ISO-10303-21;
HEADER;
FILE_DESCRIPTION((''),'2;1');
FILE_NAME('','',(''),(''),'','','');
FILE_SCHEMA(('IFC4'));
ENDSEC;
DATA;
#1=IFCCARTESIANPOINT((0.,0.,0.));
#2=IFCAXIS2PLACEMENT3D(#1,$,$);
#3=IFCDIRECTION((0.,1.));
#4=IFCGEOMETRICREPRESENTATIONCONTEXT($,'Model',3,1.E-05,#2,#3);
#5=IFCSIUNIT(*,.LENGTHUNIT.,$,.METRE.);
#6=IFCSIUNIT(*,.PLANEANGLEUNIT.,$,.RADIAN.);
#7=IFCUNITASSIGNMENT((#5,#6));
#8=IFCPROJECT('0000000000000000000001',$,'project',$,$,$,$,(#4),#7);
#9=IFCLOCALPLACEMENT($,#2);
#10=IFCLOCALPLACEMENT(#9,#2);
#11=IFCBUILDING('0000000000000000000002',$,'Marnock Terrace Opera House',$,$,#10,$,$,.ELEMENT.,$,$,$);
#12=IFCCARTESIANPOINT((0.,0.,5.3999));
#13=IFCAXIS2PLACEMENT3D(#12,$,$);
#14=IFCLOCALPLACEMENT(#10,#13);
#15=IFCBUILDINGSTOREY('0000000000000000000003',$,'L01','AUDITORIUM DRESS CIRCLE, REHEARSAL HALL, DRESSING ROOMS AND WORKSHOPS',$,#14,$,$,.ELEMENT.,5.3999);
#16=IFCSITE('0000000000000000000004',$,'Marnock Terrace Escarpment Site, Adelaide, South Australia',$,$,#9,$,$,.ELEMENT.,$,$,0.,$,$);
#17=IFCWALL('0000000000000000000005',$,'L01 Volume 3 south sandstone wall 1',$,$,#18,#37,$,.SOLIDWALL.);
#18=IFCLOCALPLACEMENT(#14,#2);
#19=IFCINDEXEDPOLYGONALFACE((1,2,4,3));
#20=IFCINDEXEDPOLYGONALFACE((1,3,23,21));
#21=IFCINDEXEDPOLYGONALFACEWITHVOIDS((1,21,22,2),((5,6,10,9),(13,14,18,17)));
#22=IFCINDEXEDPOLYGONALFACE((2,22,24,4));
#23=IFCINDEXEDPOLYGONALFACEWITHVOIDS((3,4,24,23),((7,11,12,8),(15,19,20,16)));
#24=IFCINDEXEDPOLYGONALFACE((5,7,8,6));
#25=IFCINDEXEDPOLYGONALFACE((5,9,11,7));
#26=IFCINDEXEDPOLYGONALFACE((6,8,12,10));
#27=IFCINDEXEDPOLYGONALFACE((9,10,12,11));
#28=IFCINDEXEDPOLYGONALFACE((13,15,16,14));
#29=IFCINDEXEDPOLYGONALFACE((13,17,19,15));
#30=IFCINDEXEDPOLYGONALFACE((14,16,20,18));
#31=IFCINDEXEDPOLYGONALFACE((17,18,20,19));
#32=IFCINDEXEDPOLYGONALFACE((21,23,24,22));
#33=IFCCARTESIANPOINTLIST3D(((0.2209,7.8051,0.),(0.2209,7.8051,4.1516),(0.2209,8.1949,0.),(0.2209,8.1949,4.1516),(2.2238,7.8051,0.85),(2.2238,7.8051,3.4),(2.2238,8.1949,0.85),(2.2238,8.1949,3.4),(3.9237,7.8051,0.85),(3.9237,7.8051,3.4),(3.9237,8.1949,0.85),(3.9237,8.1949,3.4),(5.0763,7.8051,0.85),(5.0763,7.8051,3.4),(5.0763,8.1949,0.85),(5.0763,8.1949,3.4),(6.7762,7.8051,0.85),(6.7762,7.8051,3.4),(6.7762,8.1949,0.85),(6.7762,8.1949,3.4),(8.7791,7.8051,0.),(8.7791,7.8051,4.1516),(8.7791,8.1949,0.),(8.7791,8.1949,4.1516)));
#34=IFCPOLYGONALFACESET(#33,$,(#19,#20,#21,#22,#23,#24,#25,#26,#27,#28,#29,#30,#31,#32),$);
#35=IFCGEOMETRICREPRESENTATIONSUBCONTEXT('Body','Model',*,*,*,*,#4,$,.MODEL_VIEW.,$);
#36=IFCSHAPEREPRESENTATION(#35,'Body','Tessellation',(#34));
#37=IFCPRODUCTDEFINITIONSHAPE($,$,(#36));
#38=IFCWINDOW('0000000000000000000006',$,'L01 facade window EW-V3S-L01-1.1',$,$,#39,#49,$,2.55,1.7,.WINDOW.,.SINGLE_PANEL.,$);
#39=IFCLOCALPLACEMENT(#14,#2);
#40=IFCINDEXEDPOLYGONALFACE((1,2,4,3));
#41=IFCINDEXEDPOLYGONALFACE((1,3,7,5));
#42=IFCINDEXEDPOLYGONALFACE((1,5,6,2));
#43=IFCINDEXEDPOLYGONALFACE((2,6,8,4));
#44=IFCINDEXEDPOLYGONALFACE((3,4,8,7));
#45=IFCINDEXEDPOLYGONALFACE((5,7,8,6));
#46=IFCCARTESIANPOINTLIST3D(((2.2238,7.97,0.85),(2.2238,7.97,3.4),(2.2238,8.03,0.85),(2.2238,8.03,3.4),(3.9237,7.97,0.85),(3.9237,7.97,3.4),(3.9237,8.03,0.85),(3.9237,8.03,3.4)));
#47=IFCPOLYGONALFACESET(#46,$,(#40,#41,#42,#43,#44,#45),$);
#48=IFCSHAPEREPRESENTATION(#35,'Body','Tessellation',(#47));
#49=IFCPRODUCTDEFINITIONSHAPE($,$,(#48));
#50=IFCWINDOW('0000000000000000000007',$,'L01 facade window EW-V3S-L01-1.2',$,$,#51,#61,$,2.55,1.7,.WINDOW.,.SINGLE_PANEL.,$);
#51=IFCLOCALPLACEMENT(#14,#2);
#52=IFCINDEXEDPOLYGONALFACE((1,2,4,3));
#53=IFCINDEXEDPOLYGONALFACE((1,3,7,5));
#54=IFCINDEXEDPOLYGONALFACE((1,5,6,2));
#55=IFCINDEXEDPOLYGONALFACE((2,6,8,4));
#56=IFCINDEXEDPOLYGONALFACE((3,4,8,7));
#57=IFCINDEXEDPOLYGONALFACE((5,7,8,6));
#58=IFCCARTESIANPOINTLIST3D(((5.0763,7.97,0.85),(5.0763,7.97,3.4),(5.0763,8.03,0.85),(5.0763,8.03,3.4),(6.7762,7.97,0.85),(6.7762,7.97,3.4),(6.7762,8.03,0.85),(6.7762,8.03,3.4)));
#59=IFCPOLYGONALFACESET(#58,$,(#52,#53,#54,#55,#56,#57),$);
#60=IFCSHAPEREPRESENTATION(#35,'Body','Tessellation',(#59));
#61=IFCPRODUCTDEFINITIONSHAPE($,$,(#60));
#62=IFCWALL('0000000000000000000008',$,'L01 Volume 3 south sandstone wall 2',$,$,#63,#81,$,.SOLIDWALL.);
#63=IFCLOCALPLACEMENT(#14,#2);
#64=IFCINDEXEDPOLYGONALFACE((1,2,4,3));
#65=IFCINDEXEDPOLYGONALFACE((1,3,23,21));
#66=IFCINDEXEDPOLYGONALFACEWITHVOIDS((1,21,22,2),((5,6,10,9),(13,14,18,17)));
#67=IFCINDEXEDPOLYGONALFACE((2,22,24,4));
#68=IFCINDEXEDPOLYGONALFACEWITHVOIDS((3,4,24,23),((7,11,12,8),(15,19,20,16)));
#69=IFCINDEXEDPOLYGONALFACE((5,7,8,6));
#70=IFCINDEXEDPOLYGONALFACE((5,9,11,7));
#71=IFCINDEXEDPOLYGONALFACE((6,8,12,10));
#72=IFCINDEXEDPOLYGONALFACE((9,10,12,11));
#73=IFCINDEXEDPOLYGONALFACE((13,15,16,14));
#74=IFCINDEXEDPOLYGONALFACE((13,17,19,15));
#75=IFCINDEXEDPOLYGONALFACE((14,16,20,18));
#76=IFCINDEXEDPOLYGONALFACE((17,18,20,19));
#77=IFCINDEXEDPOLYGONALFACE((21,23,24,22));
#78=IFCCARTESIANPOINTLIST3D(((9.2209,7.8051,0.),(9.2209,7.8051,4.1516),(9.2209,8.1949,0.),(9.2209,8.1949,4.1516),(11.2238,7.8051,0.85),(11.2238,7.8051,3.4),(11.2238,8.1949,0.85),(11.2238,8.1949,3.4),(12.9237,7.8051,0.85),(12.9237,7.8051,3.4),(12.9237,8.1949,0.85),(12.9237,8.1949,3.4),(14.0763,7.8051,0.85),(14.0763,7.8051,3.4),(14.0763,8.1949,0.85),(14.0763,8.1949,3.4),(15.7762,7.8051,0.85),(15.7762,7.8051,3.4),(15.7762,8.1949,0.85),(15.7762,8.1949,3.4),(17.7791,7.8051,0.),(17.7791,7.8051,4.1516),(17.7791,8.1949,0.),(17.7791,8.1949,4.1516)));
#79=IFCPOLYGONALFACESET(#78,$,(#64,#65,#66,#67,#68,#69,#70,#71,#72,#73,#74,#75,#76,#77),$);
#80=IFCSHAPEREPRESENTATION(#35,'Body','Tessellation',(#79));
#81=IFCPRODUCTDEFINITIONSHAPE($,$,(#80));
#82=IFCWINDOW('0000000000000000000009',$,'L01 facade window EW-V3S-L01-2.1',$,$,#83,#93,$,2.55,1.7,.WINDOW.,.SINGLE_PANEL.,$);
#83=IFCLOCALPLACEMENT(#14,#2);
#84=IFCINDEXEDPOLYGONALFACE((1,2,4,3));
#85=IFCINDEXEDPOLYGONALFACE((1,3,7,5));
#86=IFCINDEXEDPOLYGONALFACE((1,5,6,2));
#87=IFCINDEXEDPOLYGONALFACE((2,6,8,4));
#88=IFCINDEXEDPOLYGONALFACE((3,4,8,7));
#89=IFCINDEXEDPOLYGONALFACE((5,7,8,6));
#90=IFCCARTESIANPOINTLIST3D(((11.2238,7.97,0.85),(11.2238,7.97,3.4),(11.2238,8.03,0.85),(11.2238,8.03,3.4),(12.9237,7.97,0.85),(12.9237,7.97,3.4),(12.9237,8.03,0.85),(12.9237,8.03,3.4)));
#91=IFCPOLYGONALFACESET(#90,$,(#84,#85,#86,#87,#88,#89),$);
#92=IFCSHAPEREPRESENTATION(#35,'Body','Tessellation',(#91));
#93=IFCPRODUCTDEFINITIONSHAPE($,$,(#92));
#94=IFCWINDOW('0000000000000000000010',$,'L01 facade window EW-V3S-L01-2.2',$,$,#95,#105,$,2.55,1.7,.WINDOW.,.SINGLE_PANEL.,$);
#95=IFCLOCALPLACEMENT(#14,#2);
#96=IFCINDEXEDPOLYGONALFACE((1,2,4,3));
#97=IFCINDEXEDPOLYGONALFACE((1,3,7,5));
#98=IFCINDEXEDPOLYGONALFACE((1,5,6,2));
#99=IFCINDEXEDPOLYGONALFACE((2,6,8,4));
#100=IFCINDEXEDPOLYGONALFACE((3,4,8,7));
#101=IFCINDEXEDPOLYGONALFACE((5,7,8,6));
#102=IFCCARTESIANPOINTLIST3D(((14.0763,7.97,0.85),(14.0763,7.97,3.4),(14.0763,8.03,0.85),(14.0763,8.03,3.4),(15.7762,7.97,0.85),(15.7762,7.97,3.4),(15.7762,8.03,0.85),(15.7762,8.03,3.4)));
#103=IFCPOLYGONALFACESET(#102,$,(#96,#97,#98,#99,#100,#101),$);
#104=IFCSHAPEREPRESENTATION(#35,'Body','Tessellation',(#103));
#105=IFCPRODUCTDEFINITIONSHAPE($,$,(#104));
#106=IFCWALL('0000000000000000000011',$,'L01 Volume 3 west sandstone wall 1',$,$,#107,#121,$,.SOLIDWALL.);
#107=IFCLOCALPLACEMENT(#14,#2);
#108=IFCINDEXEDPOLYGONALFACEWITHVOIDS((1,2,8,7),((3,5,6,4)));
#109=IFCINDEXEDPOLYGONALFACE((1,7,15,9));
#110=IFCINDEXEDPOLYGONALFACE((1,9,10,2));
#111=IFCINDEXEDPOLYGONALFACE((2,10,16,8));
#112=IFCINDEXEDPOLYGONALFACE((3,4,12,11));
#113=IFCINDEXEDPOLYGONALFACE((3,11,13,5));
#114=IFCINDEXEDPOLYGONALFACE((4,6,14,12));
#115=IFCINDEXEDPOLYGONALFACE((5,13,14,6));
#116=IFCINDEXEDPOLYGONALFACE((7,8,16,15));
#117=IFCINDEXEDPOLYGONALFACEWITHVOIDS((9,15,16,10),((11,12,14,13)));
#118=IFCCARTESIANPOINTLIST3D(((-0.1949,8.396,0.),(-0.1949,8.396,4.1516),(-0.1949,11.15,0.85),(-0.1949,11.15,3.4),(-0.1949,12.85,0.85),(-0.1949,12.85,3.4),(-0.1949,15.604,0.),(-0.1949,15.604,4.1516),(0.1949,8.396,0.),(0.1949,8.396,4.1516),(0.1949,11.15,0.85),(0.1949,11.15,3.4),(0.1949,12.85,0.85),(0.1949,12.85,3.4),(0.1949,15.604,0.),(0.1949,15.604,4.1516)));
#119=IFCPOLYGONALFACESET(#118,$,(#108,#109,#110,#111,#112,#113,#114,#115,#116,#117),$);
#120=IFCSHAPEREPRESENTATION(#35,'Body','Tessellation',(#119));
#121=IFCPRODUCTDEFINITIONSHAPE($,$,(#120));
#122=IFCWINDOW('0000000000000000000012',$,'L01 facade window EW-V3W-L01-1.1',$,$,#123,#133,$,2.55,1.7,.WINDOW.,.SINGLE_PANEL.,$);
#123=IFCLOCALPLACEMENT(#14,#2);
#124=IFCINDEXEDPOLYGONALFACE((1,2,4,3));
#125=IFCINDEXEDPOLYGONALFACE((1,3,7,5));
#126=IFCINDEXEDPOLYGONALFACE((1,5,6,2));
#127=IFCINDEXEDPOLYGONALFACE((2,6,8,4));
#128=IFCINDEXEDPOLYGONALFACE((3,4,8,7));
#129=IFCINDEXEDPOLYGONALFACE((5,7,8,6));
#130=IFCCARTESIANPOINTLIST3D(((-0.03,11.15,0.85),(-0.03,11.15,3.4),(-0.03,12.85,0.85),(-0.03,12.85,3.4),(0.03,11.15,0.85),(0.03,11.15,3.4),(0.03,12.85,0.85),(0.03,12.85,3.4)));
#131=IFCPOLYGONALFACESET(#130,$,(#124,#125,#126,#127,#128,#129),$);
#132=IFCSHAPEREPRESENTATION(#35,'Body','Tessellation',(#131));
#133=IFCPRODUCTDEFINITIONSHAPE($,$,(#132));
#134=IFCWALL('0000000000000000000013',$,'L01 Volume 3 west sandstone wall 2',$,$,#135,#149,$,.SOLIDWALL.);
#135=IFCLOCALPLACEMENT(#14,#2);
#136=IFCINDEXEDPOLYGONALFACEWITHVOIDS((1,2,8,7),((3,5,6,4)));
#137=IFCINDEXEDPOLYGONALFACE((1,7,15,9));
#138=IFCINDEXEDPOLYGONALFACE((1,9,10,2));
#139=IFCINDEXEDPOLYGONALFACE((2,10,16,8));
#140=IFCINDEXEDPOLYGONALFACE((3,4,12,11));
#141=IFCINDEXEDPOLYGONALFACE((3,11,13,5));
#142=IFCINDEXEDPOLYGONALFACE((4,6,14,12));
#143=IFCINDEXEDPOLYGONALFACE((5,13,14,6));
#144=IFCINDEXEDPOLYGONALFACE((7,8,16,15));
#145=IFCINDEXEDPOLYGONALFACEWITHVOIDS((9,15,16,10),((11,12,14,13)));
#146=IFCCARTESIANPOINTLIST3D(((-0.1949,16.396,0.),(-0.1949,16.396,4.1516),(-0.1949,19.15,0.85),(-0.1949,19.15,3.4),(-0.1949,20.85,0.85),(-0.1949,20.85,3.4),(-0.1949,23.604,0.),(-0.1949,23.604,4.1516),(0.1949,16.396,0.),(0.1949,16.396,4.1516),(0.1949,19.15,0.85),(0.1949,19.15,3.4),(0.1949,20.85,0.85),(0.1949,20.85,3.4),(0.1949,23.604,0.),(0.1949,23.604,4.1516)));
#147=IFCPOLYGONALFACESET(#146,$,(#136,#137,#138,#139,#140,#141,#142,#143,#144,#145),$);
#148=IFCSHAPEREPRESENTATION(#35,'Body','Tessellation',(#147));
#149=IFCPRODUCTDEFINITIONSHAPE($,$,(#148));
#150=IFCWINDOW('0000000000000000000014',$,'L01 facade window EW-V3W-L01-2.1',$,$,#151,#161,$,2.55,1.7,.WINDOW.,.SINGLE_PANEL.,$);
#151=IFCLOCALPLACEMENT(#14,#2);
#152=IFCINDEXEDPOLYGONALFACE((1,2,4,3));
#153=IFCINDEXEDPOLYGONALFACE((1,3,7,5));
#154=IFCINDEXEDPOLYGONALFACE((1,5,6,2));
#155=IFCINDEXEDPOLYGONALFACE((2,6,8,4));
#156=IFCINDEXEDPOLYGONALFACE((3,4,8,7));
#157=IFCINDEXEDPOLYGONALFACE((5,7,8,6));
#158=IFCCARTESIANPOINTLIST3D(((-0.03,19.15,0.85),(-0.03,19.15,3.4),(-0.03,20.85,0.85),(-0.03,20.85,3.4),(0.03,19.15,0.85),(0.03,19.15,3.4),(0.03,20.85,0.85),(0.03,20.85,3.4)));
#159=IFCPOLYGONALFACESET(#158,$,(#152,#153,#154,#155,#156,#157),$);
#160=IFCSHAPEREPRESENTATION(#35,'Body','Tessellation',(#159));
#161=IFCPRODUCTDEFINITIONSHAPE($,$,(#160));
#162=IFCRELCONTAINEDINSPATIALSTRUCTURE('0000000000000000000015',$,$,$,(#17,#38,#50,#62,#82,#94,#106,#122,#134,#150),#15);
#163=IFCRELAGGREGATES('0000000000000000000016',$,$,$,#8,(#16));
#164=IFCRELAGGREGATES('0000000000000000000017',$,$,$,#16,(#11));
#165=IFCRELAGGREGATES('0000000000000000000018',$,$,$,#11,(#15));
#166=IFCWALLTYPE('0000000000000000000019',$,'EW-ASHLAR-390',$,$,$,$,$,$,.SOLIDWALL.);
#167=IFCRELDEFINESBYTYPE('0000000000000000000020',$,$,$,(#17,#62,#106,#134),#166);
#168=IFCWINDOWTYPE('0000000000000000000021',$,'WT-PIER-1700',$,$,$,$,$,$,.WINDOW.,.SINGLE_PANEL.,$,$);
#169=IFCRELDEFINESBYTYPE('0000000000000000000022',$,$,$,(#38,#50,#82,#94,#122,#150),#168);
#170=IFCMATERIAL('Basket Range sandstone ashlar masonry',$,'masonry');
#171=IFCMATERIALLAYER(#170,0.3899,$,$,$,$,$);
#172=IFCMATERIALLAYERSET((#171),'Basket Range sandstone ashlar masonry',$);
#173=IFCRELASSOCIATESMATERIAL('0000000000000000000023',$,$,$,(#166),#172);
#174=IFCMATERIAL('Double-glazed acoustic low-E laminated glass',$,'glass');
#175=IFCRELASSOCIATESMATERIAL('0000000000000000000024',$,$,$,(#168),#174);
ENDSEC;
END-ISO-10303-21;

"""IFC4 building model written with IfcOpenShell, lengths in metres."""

from ifc_helpers import new_model, si_unit, direction, frame, frame_2d, origin, place, context, subcontext, project, spatial, rectangle, extrude, material, layer, layer_set, type_object, element, fill, save


model = new_model("IFC4")

# Units and contexts
model_context = context("Model", 3, precision=1e-05, world=origin(), true_north=direction((0.0, 1.0)))
body_context = subcontext(model_context, "Body", "Model", "MODEL_VIEW")
ifc_project = project(units=[si_unit("LENGTHUNIT", "METRE"), si_unit("PLANEANGLEUNIT", "RADIAN")], contexts=[model_context])

# Site, building, storey
site_placement = place(None, origin())
site = spatial("IfcSite", under=ifc_project, at=site_placement, Name="Marnock Terrace Escarpment Site, Adelaide, South Australia", CompositionType="ELEMENT", RefElevation=0.0)
building_placement = place(site_placement, origin())
building = spatial("IfcBuilding", under=site, at=building_placement, Name="Marnock Terrace Opera House", CompositionType="ELEMENT")
storey_placement = place(building_placement, frame((0.0, 0.0, 5.3999)))
storey = spatial("IfcBuildingStorey", under=building, at=storey_placement, Name="L01", Description="AUDITORIUM DRESS CIRCLE, REHEARSAL HALL, DRESSING ROOMS AND WORKSHOPS", CompositionType="ELEMENT", Elevation=5.3999)

# Walls, openings, windows
ifc_material_1 = material(Name="Basket Range sandstone ashlar masonry", Category="masonry")
ifc_layer = layer(ifc_material_1, 0.3899)
ifc_layer_set = layer_set([ifc_layer], Name="Basket Range sandstone ashlar masonry")
wall_type = type_object("IfcWallType", Name="EW-ASHLAR-390", PredefinedType="SOLIDWALL", material=ifc_layer_set)
wall_1_placement = place(storey_placement, frame((0.2209, 8.0, 0.0), z_axis=(0.0, 0.0, 1.0), x_axis=(1.0, 0.0, 0.0)))
wall_1 = element("IfcWall", 1, at=wall_1_placement, inside=storey, type_object=wall_type, Name="L01 Volume 3 south sandstone wall 1", PredefinedType="SOLIDWALL", context=body_context, shape_type="SweptSolid", body=[
    extrude(rectangle(XDim=8.5581, YDim=0.3899, at=frame_2d((4.2791, 0.0))), origin(), (0.0, 0.0, 1.0), 4.1516),
])
opening_1_placement = place(wall_1_placement, frame((2.0027, 0.0, 0.8501)))
opening_1 = element("IfcOpeningElement", 2, at=opening_1_placement, cuts=wall_1, PredefinedType="OPENING", context=body_context, shape_type="SweptSolid", body=[
    extrude(rectangle(XDim=1.7, YDim=2.55, at=frame_2d((0.8501, 1.2749))), frame((0.0, 0.2048, 0.0), z_axis=(0.0, -1.0, 0.0), x_axis=(1.0, 0.0, 0.0)), (0.0, 0.0, 1.0), 0.4099),
])
opening_2_placement = place(wall_1_placement, frame((4.8552, 0.0, 0.8501)))
opening_2 = element("IfcOpeningElement", 3, at=opening_2_placement, cuts=wall_1, PredefinedType="OPENING", context=body_context, shape_type="SweptSolid", body=[
    extrude(rectangle(XDim=1.7, YDim=2.55, at=frame_2d((0.8501, 1.2749))), frame((0.0, 0.2048, 0.0), z_axis=(0.0, -1.0, 0.0), x_axis=(1.0, 0.0, 0.0)), (0.0, 0.0, 1.0), 0.4099),
])
ifc_material_2 = material(Name="Double-glazed acoustic low-E laminated glass", Category="glass")
window_type = type_object("IfcWindowType", Name="WT-PIER-1700", PartitioningType="SINGLE_PANEL", PredefinedType="WINDOW", material=ifc_material_2)
window_1_placement = place(opening_1_placement, origin())
window_1 = element("IfcWindow", 4, at=window_1_placement, inside=storey, type_object=window_type, Name="L01 facade window EW-V3S-L01-1.1", OverallHeight=2.55, OverallWidth=1.7, PartitioningType="SINGLE_PANEL", PredefinedType="WINDOW", context=body_context, shape_type="SweptSolid", body=[
    extrude(rectangle(XDim=1.7, YDim=2.55, at=frame_2d((0.8501, 1.2749))), frame((0.0, 0.03, 0.0), z_axis=(0.0, -1.0, 0.0), x_axis=(1.0, 0.0, 0.0)), (0.0, 0.0, 1.0), 0.0601),
])
fill(opening_1, window_1)
window_2_placement = place(opening_2_placement, origin())
window_2 = element("IfcWindow", 5, at=window_2_placement, inside=storey, type_object=window_type, Name="L01 facade window EW-V3S-L01-1.2", OverallHeight=2.55, OverallWidth=1.7, PartitioningType="SINGLE_PANEL", PredefinedType="WINDOW", context=body_context, shape_type="SweptSolid", body=[
    extrude(rectangle(XDim=1.7, YDim=2.55, at=frame_2d((0.8501, 1.2749))), frame((0.0, 0.03, 0.0), z_axis=(0.0, -1.0, 0.0), x_axis=(1.0, 0.0, 0.0)), (0.0, 0.0, 1.0), 0.0601),
])
fill(opening_2, window_2)
wall_2_placement = place(storey_placement, frame((9.2209, 8.0, 0.0), z_axis=(0.0, 0.0, 1.0), x_axis=(1.0, 0.0, 0.0)))
wall_2 = element("IfcWall", 6, at=wall_2_placement, inside=storey, type_object=wall_type, Name="L01 Volume 3 south sandstone wall 2", PredefinedType="SOLIDWALL", context=body_context, shape_type="SweptSolid", body=[
    extrude(rectangle(XDim=8.5581, YDim=0.3899, at=frame_2d((4.2791, 0.0))), origin(), (0.0, 0.0, 1.0), 4.1516),
])
opening_3_placement = place(wall_2_placement, frame((2.0027, 0.0, 0.8501)))
opening_3 = element("IfcOpeningElement", 7, at=opening_3_placement, cuts=wall_2, PredefinedType="OPENING", context=body_context, shape_type="SweptSolid", body=[
    extrude(rectangle(XDim=1.7, YDim=2.55, at=frame_2d((0.8501, 1.2749))), frame((0.0, 0.2048, 0.0), z_axis=(0.0, -1.0, 0.0), x_axis=(1.0, 0.0, 0.0)), (0.0, 0.0, 1.0), 0.4099),
])
opening_4_placement = place(wall_2_placement, frame((4.8552, 0.0, 0.8501)))
opening_4 = element("IfcOpeningElement", 8, at=opening_4_placement, cuts=wall_2, PredefinedType="OPENING", context=body_context, shape_type="SweptSolid", body=[
    extrude(rectangle(XDim=1.7, YDim=2.55, at=frame_2d((0.8501, 1.2749))), frame((0.0, 0.2048, 0.0), z_axis=(0.0, -1.0, 0.0), x_axis=(1.0, 0.0, 0.0)), (0.0, 0.0, 1.0), 0.4099),
])
window_3_placement = place(opening_3_placement, origin())
window_3 = element("IfcWindow", 9, at=window_3_placement, inside=storey, type_object=window_type, Name="L01 facade window EW-V3S-L01-2.1", OverallHeight=2.55, OverallWidth=1.7, PartitioningType="SINGLE_PANEL", PredefinedType="WINDOW", context=body_context, shape_type="SweptSolid", body=[
    extrude(rectangle(XDim=1.7, YDim=2.55, at=frame_2d((0.8501, 1.2749))), frame((0.0, 0.03, 0.0), z_axis=(0.0, -1.0, 0.0), x_axis=(1.0, 0.0, 0.0)), (0.0, 0.0, 1.0), 0.0601),
])
fill(opening_3, window_3)
window_4_placement = place(opening_4_placement, origin())
window_4 = element("IfcWindow", 10, at=window_4_placement, inside=storey, type_object=window_type, Name="L01 facade window EW-V3S-L01-2.2", OverallHeight=2.55, OverallWidth=1.7, PartitioningType="SINGLE_PANEL", PredefinedType="WINDOW", context=body_context, shape_type="SweptSolid", body=[
    extrude(rectangle(XDim=1.7, YDim=2.55, at=frame_2d((0.8501, 1.2749))), frame((0.0, 0.03, 0.0), z_axis=(0.0, -1.0, 0.0), x_axis=(1.0, 0.0, 0.0)), (0.0, 0.0, 1.0), 0.0601),
])
fill(opening_4, window_4)

# Walls, openings, windows
wall_3_placement = place(storey_placement, frame((0.0, 8.396, 0.0), z_axis=(0.0, 0.0, 1.0), x_axis=(0.0, 1.0, 0.0)))
wall_3 = element("IfcWall", 11, at=wall_3_placement, inside=storey, type_object=wall_type, Name="L01 Volume 3 west sandstone wall 1", PredefinedType="SOLIDWALL", context=body_context, shape_type="SweptSolid", body=[
    extrude(rectangle(XDim=7.208, YDim=0.3899, at=frame_2d((3.604, 0.0))), origin(), (0.0, 0.0, 1.0), 4.1516),
])
opening_5_placement = place(wall_3_placement, frame((2.7539, 0.0, 0.8501)))
opening_5 = element("IfcOpeningElement", 12, at=opening_5_placement, cuts=wall_3, PredefinedType="OPENING", context=body_context, shape_type="SweptSolid", body=[
    extrude(rectangle(XDim=1.7, YDim=2.55, at=frame_2d((0.8501, 1.2749))), frame((0.0, 0.2048, 0.0), z_axis=(0.0, -1.0, 0.0), x_axis=(1.0, 0.0, 0.0)), (0.0, 0.0, 1.0), 0.4099),
])
window_5_placement = place(opening_5_placement, origin())
window_5 = element("IfcWindow", 13, at=window_5_placement, inside=storey, type_object=window_type, Name="L01 facade window EW-V3W-L01-1.1", OverallHeight=2.55, OverallWidth=1.7, PartitioningType="SINGLE_PANEL", PredefinedType="WINDOW", context=body_context, shape_type="SweptSolid", body=[
    extrude(rectangle(XDim=1.7, YDim=2.55, at=frame_2d((0.8501, 1.2749))), frame((0.0, 0.03, 0.0), z_axis=(0.0, -1.0, 0.0), x_axis=(1.0, 0.0, 0.0)), (0.0, 0.0, 1.0), 0.0601),
])
fill(opening_5, window_5)
wall_4_placement = place(storey_placement, frame((0.0, 16.396, 0.0), z_axis=(0.0, 0.0, 1.0), x_axis=(0.0, 1.0, 0.0)))
wall_4 = element("IfcWall", 14, at=wall_4_placement, inside=storey, type_object=wall_type, Name="L01 Volume 3 west sandstone wall 2", PredefinedType="SOLIDWALL", context=body_context, shape_type="SweptSolid", body=[
    extrude(rectangle(XDim=7.208, YDim=0.3899, at=frame_2d((3.604, 0.0))), origin(), (0.0, 0.0, 1.0), 4.1516),
])
opening_6_placement = place(wall_4_placement, frame((2.7539, 0.0, 0.8501)))
opening_6 = element("IfcOpeningElement", 15, at=opening_6_placement, cuts=wall_4, PredefinedType="OPENING", context=body_context, shape_type="SweptSolid", body=[
    extrude(rectangle(XDim=1.7, YDim=2.55, at=frame_2d((0.8501, 1.2749))), frame((0.0, 0.2048, 0.0), z_axis=(0.0, -1.0, 0.0), x_axis=(1.0, 0.0, 0.0)), (0.0, 0.0, 1.0), 0.4099),
])
window_6_placement = place(opening_6_placement, origin())
window_6 = element("IfcWindow", 16, at=window_6_placement, inside=storey, type_object=window_type, Name="L01 facade window EW-V3W-L01-2.1", OverallHeight=2.55, OverallWidth=1.7, PartitioningType="SINGLE_PANEL", PredefinedType="WINDOW", context=body_context, shape_type="SweptSolid", body=[
    extrude(rectangle(XDim=1.7, YDim=2.55, at=frame_2d((0.8501, 1.2749))), frame((0.0, 0.03, 0.0), z_axis=(0.0, -1.0, 0.0), x_axis=(1.0, 0.0, 0.0)), (0.0, 0.0, 1.0), 0.0601),
])
fill(opening_6, window_6)

save(model, "model.ifc")
